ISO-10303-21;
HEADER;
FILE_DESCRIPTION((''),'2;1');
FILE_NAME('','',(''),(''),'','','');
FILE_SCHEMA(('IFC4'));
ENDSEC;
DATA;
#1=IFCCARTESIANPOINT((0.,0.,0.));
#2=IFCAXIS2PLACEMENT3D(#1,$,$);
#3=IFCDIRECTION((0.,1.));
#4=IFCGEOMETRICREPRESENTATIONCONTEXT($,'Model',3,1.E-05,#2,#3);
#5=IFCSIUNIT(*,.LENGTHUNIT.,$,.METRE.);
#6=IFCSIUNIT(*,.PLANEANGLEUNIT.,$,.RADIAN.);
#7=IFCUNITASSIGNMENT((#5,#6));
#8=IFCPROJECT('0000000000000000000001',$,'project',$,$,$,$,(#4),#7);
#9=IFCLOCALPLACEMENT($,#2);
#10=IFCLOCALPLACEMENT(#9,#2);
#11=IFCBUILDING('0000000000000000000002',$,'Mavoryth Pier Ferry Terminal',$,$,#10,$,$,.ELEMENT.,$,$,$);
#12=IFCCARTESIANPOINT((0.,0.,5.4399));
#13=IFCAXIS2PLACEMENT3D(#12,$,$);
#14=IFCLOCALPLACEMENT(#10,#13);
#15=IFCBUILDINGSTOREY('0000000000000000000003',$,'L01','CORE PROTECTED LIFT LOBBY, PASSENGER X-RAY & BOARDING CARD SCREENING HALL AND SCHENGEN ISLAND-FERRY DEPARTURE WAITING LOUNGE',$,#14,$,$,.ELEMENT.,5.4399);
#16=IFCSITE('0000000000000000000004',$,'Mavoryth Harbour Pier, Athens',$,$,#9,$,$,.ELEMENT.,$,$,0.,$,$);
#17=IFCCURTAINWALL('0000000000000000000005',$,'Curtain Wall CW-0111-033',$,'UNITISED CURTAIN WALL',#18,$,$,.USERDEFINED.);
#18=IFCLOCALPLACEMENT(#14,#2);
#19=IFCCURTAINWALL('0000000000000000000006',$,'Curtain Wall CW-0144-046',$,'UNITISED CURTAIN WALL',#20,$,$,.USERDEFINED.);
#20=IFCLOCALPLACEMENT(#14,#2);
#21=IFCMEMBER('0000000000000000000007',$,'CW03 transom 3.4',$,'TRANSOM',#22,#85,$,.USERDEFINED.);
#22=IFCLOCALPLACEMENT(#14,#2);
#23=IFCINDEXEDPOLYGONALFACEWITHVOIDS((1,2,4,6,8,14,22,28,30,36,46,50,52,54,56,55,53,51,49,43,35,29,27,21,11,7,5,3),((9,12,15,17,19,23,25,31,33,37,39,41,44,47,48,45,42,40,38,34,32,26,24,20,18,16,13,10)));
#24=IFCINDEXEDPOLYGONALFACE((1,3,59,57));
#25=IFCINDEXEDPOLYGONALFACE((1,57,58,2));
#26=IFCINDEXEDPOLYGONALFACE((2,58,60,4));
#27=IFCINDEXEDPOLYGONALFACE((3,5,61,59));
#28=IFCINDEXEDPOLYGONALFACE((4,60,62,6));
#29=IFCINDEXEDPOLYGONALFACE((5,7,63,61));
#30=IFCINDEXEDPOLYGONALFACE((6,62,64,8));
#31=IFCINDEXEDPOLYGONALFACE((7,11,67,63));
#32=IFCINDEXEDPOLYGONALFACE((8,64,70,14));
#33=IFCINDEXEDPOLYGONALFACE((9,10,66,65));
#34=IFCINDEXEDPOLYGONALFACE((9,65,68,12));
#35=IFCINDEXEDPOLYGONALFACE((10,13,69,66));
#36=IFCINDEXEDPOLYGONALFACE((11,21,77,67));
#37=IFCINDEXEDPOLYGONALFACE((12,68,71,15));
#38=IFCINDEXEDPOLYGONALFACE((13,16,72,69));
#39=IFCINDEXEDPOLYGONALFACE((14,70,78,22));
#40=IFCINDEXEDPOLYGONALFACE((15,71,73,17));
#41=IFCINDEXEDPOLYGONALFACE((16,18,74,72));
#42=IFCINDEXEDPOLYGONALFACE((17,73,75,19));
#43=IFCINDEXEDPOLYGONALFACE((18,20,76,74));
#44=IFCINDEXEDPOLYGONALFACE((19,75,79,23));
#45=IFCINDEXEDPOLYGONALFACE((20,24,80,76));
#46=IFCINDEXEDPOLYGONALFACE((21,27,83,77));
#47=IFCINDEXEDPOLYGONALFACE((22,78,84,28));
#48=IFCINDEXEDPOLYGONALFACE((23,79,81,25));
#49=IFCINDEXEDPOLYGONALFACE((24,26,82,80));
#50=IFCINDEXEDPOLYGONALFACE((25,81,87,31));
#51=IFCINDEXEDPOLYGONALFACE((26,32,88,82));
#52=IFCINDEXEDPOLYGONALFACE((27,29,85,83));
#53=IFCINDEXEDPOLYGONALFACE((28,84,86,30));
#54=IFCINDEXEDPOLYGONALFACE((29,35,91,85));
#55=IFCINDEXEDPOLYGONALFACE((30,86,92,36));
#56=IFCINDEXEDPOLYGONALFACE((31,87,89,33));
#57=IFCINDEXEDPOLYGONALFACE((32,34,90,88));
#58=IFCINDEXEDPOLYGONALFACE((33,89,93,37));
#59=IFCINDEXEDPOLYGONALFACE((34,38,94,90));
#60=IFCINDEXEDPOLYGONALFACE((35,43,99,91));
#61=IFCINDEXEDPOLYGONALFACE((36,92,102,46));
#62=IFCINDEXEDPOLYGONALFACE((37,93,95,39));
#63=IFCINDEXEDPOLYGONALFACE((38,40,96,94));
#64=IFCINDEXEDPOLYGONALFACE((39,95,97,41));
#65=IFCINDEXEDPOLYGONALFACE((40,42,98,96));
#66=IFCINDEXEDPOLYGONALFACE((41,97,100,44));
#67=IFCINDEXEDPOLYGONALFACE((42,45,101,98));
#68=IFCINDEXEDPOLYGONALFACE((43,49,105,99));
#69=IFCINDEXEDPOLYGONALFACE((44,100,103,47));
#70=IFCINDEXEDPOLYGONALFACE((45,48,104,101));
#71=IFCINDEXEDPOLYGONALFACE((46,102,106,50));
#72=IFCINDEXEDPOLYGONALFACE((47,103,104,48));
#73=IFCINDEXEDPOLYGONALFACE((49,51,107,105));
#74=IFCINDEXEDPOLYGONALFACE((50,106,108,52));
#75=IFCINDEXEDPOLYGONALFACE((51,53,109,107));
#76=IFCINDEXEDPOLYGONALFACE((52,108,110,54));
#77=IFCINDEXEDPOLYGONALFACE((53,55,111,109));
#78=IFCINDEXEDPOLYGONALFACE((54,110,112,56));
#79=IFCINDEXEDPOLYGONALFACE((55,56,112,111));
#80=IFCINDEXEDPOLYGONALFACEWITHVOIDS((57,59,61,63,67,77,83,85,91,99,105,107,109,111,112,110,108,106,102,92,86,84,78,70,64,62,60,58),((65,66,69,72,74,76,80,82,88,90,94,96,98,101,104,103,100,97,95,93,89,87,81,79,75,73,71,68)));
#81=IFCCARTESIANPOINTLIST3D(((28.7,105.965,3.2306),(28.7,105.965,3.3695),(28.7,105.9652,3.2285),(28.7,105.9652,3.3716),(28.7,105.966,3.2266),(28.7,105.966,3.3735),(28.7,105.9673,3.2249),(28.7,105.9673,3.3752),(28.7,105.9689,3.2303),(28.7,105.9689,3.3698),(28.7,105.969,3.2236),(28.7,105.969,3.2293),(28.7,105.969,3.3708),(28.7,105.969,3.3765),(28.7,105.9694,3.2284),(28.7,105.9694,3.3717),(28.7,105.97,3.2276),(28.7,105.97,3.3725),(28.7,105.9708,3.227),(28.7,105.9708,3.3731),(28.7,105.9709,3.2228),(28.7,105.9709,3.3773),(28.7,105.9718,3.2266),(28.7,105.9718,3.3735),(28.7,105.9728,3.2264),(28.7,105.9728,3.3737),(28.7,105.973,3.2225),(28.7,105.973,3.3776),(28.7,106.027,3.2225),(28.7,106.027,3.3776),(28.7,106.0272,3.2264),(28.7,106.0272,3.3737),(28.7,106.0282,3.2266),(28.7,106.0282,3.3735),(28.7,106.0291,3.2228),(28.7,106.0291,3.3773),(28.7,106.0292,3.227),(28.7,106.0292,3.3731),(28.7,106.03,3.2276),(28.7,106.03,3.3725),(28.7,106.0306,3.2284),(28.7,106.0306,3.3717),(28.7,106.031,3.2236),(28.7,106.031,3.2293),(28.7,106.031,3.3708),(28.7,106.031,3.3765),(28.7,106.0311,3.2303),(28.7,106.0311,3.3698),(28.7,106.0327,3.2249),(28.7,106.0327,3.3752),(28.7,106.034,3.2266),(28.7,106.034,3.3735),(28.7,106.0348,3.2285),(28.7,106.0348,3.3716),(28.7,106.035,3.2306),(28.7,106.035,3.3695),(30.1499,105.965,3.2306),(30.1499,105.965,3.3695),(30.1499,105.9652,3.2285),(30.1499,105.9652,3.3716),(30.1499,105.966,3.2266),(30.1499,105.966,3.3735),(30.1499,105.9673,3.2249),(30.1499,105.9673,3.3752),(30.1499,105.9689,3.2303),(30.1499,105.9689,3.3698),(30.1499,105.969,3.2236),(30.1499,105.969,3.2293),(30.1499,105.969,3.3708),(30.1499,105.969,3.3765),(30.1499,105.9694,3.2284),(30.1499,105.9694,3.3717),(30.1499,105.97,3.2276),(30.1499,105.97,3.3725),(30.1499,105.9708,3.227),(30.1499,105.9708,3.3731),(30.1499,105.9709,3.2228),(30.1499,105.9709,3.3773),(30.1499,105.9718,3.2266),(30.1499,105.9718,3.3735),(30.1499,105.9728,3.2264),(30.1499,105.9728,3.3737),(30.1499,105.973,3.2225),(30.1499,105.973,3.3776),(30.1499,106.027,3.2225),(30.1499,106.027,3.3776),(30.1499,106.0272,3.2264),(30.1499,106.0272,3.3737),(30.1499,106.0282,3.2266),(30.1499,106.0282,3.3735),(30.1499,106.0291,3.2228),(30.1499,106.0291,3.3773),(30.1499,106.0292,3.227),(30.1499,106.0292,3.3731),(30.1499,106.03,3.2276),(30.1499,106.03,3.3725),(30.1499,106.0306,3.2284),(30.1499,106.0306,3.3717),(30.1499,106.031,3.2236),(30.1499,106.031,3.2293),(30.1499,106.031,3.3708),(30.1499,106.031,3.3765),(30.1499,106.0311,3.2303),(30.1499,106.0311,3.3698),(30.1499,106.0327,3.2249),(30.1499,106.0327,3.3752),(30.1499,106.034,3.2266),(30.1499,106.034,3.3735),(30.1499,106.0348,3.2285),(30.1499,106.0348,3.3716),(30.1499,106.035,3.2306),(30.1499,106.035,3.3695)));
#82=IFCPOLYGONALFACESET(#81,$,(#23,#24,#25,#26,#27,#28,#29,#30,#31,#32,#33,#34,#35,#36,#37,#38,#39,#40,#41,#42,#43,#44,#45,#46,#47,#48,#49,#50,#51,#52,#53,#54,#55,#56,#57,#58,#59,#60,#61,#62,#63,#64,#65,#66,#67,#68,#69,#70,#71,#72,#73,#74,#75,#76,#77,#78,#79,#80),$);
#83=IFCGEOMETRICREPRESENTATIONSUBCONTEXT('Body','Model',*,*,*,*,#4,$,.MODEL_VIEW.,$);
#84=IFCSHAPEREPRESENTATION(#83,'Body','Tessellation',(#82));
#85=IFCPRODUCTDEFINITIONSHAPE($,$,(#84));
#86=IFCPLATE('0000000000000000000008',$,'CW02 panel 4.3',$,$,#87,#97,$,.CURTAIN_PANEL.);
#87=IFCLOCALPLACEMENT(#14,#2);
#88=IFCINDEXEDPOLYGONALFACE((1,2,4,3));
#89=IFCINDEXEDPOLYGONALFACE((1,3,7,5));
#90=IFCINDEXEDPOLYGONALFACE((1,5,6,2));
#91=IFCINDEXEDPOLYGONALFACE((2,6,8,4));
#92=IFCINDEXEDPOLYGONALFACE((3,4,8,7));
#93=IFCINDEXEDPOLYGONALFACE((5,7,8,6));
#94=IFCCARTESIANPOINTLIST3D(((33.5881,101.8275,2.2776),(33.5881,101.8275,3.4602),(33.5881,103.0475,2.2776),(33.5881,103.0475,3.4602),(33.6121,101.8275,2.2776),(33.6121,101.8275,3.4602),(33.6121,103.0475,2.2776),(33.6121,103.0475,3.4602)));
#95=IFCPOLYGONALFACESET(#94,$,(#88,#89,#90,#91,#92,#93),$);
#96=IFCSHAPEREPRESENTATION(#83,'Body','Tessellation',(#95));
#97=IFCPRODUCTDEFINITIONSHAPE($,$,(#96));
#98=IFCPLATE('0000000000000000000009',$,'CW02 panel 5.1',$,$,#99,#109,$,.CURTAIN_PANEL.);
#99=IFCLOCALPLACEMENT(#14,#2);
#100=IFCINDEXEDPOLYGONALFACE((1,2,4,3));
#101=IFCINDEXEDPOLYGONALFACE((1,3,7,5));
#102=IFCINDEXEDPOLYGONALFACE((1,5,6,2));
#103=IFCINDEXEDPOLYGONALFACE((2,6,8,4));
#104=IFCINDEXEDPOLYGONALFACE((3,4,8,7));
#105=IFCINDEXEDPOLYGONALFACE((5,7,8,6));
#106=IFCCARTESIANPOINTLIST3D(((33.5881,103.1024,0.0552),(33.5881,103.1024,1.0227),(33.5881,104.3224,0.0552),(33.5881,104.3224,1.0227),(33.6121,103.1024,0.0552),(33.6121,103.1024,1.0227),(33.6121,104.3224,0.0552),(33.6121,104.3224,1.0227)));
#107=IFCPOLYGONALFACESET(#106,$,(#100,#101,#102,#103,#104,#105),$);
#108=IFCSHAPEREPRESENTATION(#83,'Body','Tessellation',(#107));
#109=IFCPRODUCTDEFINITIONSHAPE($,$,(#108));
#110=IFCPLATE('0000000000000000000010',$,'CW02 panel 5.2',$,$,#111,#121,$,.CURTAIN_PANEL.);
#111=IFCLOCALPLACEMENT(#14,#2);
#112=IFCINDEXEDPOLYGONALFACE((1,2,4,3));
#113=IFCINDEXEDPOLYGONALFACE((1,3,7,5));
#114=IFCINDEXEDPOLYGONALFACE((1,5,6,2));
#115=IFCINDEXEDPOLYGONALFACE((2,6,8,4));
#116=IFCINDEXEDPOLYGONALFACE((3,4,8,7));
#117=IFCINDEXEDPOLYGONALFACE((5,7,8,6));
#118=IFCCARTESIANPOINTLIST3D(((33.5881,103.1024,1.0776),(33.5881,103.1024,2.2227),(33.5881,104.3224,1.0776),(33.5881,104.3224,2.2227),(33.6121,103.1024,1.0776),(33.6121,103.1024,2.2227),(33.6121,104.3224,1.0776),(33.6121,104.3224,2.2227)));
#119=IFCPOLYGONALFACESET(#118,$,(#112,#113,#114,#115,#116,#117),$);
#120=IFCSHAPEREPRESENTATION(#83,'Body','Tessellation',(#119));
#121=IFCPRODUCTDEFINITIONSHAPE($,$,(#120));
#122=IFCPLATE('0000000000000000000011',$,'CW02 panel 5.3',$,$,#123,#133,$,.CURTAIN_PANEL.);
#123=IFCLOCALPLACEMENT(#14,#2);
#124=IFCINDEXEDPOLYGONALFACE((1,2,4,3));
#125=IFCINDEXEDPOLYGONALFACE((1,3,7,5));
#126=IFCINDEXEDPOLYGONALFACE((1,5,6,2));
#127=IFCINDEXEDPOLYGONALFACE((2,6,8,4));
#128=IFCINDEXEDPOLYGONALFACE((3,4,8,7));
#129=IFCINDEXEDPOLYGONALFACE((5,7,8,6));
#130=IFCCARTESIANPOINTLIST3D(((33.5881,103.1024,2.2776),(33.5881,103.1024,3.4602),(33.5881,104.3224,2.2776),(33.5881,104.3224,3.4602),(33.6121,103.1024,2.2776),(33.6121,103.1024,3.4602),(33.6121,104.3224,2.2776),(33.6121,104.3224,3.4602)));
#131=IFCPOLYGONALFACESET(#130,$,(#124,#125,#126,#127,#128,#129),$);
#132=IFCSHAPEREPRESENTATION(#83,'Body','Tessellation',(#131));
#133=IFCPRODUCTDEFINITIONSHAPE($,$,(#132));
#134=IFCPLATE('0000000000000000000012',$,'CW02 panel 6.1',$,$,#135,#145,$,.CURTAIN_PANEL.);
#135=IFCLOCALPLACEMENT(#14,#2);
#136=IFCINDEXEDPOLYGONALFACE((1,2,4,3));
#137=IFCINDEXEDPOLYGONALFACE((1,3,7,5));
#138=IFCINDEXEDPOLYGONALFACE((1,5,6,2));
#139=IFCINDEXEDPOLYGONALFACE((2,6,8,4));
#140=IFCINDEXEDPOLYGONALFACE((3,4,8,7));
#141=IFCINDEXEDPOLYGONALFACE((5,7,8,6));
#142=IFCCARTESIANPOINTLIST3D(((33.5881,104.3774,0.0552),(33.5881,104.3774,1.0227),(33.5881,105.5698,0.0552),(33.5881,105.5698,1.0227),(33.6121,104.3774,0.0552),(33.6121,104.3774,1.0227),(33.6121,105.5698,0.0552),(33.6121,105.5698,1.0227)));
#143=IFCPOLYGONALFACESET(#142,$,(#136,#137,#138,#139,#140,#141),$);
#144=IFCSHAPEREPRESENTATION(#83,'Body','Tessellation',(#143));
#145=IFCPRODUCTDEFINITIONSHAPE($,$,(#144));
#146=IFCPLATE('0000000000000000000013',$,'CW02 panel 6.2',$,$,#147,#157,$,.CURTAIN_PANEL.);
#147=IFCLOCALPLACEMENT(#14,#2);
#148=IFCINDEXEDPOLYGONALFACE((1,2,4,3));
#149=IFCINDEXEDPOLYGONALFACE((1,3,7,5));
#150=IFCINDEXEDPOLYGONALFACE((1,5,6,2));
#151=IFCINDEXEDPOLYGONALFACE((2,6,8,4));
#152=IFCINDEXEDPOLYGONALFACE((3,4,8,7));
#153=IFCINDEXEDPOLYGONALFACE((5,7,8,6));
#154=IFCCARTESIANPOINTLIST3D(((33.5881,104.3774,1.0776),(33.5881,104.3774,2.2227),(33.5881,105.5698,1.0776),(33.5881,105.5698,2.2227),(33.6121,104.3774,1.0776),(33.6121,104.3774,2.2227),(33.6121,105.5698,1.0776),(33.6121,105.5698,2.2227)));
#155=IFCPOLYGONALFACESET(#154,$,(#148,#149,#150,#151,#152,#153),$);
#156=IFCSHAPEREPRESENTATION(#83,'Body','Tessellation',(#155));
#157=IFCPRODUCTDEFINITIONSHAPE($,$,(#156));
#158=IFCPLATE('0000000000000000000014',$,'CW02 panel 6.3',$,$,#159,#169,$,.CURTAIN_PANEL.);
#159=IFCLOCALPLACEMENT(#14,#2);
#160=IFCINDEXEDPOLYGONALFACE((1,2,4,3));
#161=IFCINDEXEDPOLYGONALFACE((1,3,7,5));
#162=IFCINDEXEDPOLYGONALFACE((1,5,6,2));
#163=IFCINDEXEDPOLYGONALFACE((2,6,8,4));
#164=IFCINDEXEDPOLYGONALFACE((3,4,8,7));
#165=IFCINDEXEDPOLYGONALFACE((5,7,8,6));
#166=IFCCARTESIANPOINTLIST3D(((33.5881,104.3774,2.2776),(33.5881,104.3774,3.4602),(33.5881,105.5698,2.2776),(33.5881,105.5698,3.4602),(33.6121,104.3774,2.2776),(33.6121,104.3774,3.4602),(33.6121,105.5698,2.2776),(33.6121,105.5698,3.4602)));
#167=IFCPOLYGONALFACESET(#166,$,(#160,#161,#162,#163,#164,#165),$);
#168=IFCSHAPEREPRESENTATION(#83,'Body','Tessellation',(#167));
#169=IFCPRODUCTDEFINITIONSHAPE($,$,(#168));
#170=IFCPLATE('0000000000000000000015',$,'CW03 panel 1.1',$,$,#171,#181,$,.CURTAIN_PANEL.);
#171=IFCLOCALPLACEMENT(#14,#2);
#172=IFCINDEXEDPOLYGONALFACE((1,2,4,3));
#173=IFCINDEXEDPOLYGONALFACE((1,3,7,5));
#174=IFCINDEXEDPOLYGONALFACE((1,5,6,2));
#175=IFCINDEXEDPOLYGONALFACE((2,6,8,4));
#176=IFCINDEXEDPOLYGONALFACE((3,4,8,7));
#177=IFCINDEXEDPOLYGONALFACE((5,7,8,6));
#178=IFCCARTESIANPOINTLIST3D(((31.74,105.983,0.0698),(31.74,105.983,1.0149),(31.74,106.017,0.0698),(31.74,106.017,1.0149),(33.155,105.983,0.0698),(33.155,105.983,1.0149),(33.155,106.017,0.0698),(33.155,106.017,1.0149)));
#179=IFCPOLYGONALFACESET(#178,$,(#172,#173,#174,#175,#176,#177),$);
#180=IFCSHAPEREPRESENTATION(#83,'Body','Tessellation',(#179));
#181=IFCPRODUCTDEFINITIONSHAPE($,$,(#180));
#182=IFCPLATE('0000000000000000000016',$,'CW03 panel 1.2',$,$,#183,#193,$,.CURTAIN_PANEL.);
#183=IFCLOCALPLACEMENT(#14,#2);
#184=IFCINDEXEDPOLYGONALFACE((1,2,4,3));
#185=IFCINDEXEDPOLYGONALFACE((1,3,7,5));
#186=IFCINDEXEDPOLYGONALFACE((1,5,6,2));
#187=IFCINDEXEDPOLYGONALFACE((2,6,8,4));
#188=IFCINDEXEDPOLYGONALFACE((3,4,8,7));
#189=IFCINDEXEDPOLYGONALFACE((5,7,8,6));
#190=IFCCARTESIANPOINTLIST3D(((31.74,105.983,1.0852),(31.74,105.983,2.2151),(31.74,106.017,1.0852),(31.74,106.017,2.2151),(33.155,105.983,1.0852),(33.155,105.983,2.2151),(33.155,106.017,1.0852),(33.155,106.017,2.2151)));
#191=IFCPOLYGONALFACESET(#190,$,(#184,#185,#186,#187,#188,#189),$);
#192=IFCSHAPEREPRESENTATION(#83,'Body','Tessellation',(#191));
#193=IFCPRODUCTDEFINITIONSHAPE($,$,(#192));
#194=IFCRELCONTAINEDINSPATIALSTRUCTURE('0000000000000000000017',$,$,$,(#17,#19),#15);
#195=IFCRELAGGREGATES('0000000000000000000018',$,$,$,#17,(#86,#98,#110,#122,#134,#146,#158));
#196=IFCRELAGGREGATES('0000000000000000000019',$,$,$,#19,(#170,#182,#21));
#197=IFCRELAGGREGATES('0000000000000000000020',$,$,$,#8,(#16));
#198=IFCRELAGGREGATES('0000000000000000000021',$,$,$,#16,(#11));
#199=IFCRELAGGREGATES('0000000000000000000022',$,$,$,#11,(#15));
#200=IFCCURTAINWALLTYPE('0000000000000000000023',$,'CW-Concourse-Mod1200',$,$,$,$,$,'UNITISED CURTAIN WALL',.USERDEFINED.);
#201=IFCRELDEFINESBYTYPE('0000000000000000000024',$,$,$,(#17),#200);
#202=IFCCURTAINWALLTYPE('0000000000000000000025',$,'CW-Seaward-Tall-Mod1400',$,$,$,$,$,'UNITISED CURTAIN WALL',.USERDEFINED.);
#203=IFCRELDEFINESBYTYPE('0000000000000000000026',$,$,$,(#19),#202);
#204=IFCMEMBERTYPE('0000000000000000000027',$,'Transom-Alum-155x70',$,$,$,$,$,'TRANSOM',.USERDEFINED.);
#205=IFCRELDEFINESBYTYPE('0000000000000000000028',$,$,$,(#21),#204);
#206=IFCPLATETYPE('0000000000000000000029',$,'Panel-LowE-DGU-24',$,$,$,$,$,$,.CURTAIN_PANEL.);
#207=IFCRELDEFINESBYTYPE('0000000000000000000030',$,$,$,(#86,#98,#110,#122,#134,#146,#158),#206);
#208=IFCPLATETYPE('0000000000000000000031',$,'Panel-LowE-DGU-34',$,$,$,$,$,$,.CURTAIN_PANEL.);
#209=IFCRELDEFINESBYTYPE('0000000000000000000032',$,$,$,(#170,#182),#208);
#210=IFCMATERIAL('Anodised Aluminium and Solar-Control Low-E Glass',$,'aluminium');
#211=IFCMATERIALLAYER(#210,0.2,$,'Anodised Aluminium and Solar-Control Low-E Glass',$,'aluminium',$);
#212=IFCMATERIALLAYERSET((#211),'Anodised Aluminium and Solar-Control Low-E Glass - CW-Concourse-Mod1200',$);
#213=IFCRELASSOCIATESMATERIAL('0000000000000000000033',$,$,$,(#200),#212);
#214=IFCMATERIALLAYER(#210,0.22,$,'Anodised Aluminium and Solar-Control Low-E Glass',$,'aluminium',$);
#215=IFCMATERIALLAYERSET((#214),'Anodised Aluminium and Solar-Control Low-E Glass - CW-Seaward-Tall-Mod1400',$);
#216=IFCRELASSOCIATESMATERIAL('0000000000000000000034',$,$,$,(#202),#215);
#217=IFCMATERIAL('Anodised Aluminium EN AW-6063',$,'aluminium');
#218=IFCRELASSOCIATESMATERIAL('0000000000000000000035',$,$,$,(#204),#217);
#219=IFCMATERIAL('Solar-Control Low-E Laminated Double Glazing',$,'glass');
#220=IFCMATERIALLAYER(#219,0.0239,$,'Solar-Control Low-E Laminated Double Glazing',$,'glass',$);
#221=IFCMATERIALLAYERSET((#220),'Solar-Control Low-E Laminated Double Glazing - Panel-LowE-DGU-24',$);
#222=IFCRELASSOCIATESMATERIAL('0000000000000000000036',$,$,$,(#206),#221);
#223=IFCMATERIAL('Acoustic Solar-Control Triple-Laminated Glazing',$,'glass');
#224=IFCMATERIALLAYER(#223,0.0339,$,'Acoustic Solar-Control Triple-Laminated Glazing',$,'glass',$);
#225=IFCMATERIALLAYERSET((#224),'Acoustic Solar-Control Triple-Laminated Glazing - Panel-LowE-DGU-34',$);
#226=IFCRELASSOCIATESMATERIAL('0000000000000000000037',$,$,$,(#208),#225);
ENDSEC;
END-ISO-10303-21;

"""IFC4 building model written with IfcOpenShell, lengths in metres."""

from ifc_helpers import new_model, si_unit, direction, frame, origin, origin_2d, place, context, subcontext, project, spatial, rectangle, hollow_rectangle, extrude, material, layer, layer_set, material_profile, profile_set, type_object, element, aggregate, save


model = new_model("IFC4")

# Units and contexts
model_context = context("Model", 3, precision=1e-05, world=origin(), true_north=direction((0.0, 1.0)))
body_context = subcontext(model_context, "Body", "Model", "MODEL_VIEW")
ifc_project = project(units=[si_unit("LENGTHUNIT", "METRE"), si_unit("PLANEANGLEUNIT", "RADIAN")], contexts=[model_context])

# Site, building, storey
site_placement = place(None, origin())
site = spatial("IfcSite", under=ifc_project, at=site_placement, Name="Mavoryth Harbour Pier, Athens", CompositionType="ELEMENT", RefElevation=0.0)
building_placement = place(site_placement, origin())
building = spatial("IfcBuilding", under=site, at=building_placement, Name="Mavoryth Pier Ferry Terminal", CompositionType="ELEMENT")
storey_placement = place(building_placement, frame((0.0, 0.0, 5.4399)))
storey = spatial("IfcBuildingStorey", under=building, at=storey_placement, Name="L01", Description="CORE PROTECTED LIFT LOBBY, PASSENGER X-RAY & BOARDING CARD SCREENING HALL AND SCHENGEN ISLAND-FERRY DEPARTURE WAITING LOUNGE", CompositionType="ELEMENT", Elevation=5.4399)

# Curtain walls
ifc_material_1 = material(Name="Anodised Aluminium and Solar-Control Low-E Glass", Category="aluminium")
ifc_layer_1 = layer(ifc_material_1, 0.2, Name="Anodised Aluminium and Solar-Control Low-E Glass", Category="aluminium")
ifc_layer_set_1 = layer_set([ifc_layer_1], Name="Anodised Aluminium and Solar-Control Low-E Glass - CW-Concourse-Mod1200")
curtain_wall_type_1 = type_object("IfcCurtainWallType", Name="CW-Concourse-Mod1200", ElementType="UNITISED CURTAIN WALL", PredefinedType="USERDEFINED", material=ifc_layer_set_1)
curtain_wall_1_placement = place(storey_placement, origin())
curtain_wall_1 = element("IfcCurtainWall", 1, at=curtain_wall_1_placement, inside=storey, type_object=curtain_wall_type_1, Name="Curtain Wall CW-0111-033", ObjectType="UNITISED CURTAIN WALL", PredefinedType="USERDEFINED")
ifc_material_2 = material(Name="Anodised Aluminium EN AW-6063", Category="aluminium")
ifc_layer_2 = layer(ifc_material_1, 0.22, Name="Anodised Aluminium and Solar-Control Low-E Glass", Category="aluminium")
ifc_layer_set_2 = layer_set([ifc_layer_2], Name="Anodised Aluminium and Solar-Control Low-E Glass - CW-Seaward-Tall-Mod1400")
curtain_wall_type_2 = type_object("IfcCurtainWallType", Name="CW-Seaward-Tall-Mod1400", ElementType="UNITISED CURTAIN WALL", PredefinedType="USERDEFINED", material=ifc_layer_set_2)
curtain_wall_2_placement = place(storey_placement, origin())
curtain_wall_2 = element("IfcCurtainWall", 2, at=curtain_wall_2_placement, inside=storey, type_object=curtain_wall_type_2, Name="Curtain Wall CW-0144-046", ObjectType="UNITISED CURTAIN WALL", PredefinedType="USERDEFINED")

# Member
ifc_material_profile_1 = material_profile(ifc_material_2, hollow_rectangle(XDim=0.0701, YDim=0.155, WallThickness=0.0039, InnerFilletRadius=0.0039, OuterFilletRadius=0.0081, at=origin_2d()), Name="AL-TRAN 155x70x4", Category="aluminium")
ifc_profile_set_1 = profile_set([ifc_material_profile_1], Name="Anodised Aluminium EN AW-6063 - AL-TRAN 155x70x4")
member_type_1 = type_object("IfcMemberType", Name="Transom-Alum-155x70", ElementType="TRANSOM", PredefinedType="USERDEFINED", material=ifc_profile_set_1)
member_1_placement = place(storey_placement, frame((30.1499, 106.0, 3.3), z_axis=(-1.0, 0.0, 0.0), x_axis=(0.0, -1.0, 0.0)))
member_1 = element("IfcMember", 3, at=member_1_placement, type_object=member_type_1, Name="CW03 transom 3.4", ObjectType="TRANSOM", PredefinedType="USERDEFINED", context=body_context, shape_type="SweptSolid", body=[
    extrude(hollow_rectangle(XDim=0.0701, YDim=0.155, WallThickness=0.0039, InnerFilletRadius=0.0039, OuterFilletRadius=0.0081, at=origin_2d()), origin(), (0.0, 0.0, 1.0), 1.45),
])

# Plates
ifc_material_3 = material(Name="Solar-Control Low-E Laminated Double Glazing", Category="glass")
ifc_layer_3 = layer(ifc_material_3, 0.0239, Name="Solar-Control Low-E Laminated Double Glazing", Category="glass")
ifc_layer_set_3 = layer_set([ifc_layer_3], Name="Solar-Control Low-E Laminated Double Glazing - Panel-LowE-DGU-24")
plate_type_1 = type_object("IfcPlateType", Name="Panel-LowE-DGU-24", PredefinedType="CURTAIN_PANEL", material=ifc_layer_set_3)
plate_1_placement = place(storey_placement, frame((33.6001, 102.4375, 2.2776), z_axis=(0.0, 0.0, 1.0), x_axis=(0.0, 1.0, 0.0)))
plate_1 = element("IfcPlate", 4, at=plate_1_placement, type_object=plate_type_1, Name="CW02 panel 4.3", PredefinedType="CURTAIN_PANEL", context=body_context, shape_type="SweptSolid", body=[
    extrude(rectangle(XDim=1.22, YDim=0.0239, at=origin_2d()), origin(), (0.0, 0.0, 1.0), 1.1826),
])
plate_2_placement = place(storey_placement, frame((33.6001, 103.7124, 0.0552), z_axis=(0.0, 0.0, 1.0), x_axis=(0.0, 1.0, 0.0)))
plate_2 = element("IfcPlate", 5, at=plate_2_placement, type_object=plate_type_1, Name="CW02 panel 5.1", PredefinedType="CURTAIN_PANEL", context=body_context, shape_type="SweptSolid", body=[
    extrude(rectangle(XDim=1.22, YDim=0.0239, at=origin_2d()), origin(), (0.0, 0.0, 1.0), 0.9675),
])
plate_3_placement = place(storey_placement, frame((33.6001, 103.7124, 1.0776), z_axis=(0.0, 0.0, 1.0), x_axis=(0.0, 1.0, 0.0)))
plate_3 = element("IfcPlate", 6, at=plate_3_placement, type_object=plate_type_1, Name="CW02 panel 5.2", PredefinedType="CURTAIN_PANEL", context=body_context, shape_type="SweptSolid", body=[
    extrude(rectangle(XDim=1.22, YDim=0.0239, at=origin_2d()), origin(), (0.0, 0.0, 1.0), 1.145),
])
plate_4_placement = place(storey_placement, frame((33.6001, 103.7124, 2.2776), z_axis=(0.0, 0.0, 1.0), x_axis=(0.0, 1.0, 0.0)))
plate_4 = element("IfcPlate", 7, at=plate_4_placement, type_object=plate_type_1, Name="CW02 panel 5.3", PredefinedType="CURTAIN_PANEL", context=body_context, shape_type="SweptSolid", body=[
    extrude(rectangle(XDim=1.22, YDim=0.0239, at=origin_2d()), origin(), (0.0, 0.0, 1.0), 1.1826),
])
plate_5_placement = place(storey_placement, frame((33.6001, 104.9736, 0.0552), z_axis=(0.0, 0.0, 1.0), x_axis=(0.0, 1.0, 0.0)))
plate_5 = element("IfcPlate", 8, at=plate_5_placement, type_object=plate_type_1, Name="CW02 panel 6.1", PredefinedType="CURTAIN_PANEL", context=body_context, shape_type="SweptSolid", body=[
    extrude(rectangle(XDim=1.1924, YDim=0.0239, at=origin_2d()), origin(), (0.0, 0.0, 1.0), 0.9675),
])
plate_6_placement = place(storey_placement, frame((33.6001, 104.9736, 1.0776), z_axis=(0.0, 0.0, 1.0), x_axis=(0.0, 1.0, 0.0)))
plate_6 = element("IfcPlate", 9, at=plate_6_placement, type_object=plate_type_1, Name="CW02 panel 6.2", PredefinedType="CURTAIN_PANEL", context=body_context, shape_type="SweptSolid", body=[
    extrude(rectangle(XDim=1.1924, YDim=0.0239, at=origin_2d()), origin(), (0.0, 0.0, 1.0), 1.145),
])
plate_7_placement = place(storey_placement, frame((33.6001, 104.9736, 2.2776), z_axis=(0.0, 0.0, 1.0), x_axis=(0.0, 1.0, 0.0)))
plate_7 = element("IfcPlate", 10, at=plate_7_placement, type_object=plate_type_1, Name="CW02 panel 6.3", PredefinedType="CURTAIN_PANEL", context=body_context, shape_type="SweptSolid", body=[
    extrude(rectangle(XDim=1.1924, YDim=0.0239, at=origin_2d()), origin(), (0.0, 0.0, 1.0), 1.1826),
])
aggregate(curtain_wall_1, [plate_1, plate_2, plate_3, plate_4, plate_5, plate_6, plate_7])
ifc_material_4 = material(Name="Acoustic Solar-Control Triple-Laminated Glazing", Category="glass")
ifc_layer_4 = layer(ifc_material_4, 0.0339, Name="Acoustic Solar-Control Triple-Laminated Glazing", Category="glass")
ifc_layer_set_4 = layer_set([ifc_layer_4], Name="Acoustic Solar-Control Triple-Laminated Glazing - Panel-LowE-DGU-34")
plate_type_2 = type_object("IfcPlateType", Name="Panel-LowE-DGU-34", PredefinedType="CURTAIN_PANEL", material=ifc_layer_set_4)
plate_8_placement = place(storey_placement, frame((32.4475, 106.0, 0.0698), z_axis=(0.0, 0.0, 1.0), x_axis=(-1.0, 0.0, 0.0)))
plate_8 = element("IfcPlate", 11, at=plate_8_placement, type_object=plate_type_2, Name="CW03 panel 1.1", PredefinedType="CURTAIN_PANEL", context=body_context, shape_type="SweptSolid", body=[
    extrude(rectangle(XDim=1.415, YDim=0.0339, at=origin_2d()), origin(), (0.0, 0.0, 1.0), 0.9451),
])
plate_9_placement = place(storey_placement, frame((32.4475, 106.0, 1.0852), z_axis=(0.0, 0.0, 1.0), x_axis=(-1.0, 0.0, 0.0)))
plate_9 = element("IfcPlate", 12, at=plate_9_placement, type_object=plate_type_2, Name="CW03 panel 1.2", PredefinedType="CURTAIN_PANEL", context=body_context, shape_type="SweptSolid", body=[
    extrude(rectangle(XDim=1.415, YDim=0.0339, at=origin_2d()), origin(), (0.0, 0.0, 1.0), 1.1299),
])
aggregate(curtain_wall_2, [plate_8, plate_9, member_1])

save(model, "model.ifc")
